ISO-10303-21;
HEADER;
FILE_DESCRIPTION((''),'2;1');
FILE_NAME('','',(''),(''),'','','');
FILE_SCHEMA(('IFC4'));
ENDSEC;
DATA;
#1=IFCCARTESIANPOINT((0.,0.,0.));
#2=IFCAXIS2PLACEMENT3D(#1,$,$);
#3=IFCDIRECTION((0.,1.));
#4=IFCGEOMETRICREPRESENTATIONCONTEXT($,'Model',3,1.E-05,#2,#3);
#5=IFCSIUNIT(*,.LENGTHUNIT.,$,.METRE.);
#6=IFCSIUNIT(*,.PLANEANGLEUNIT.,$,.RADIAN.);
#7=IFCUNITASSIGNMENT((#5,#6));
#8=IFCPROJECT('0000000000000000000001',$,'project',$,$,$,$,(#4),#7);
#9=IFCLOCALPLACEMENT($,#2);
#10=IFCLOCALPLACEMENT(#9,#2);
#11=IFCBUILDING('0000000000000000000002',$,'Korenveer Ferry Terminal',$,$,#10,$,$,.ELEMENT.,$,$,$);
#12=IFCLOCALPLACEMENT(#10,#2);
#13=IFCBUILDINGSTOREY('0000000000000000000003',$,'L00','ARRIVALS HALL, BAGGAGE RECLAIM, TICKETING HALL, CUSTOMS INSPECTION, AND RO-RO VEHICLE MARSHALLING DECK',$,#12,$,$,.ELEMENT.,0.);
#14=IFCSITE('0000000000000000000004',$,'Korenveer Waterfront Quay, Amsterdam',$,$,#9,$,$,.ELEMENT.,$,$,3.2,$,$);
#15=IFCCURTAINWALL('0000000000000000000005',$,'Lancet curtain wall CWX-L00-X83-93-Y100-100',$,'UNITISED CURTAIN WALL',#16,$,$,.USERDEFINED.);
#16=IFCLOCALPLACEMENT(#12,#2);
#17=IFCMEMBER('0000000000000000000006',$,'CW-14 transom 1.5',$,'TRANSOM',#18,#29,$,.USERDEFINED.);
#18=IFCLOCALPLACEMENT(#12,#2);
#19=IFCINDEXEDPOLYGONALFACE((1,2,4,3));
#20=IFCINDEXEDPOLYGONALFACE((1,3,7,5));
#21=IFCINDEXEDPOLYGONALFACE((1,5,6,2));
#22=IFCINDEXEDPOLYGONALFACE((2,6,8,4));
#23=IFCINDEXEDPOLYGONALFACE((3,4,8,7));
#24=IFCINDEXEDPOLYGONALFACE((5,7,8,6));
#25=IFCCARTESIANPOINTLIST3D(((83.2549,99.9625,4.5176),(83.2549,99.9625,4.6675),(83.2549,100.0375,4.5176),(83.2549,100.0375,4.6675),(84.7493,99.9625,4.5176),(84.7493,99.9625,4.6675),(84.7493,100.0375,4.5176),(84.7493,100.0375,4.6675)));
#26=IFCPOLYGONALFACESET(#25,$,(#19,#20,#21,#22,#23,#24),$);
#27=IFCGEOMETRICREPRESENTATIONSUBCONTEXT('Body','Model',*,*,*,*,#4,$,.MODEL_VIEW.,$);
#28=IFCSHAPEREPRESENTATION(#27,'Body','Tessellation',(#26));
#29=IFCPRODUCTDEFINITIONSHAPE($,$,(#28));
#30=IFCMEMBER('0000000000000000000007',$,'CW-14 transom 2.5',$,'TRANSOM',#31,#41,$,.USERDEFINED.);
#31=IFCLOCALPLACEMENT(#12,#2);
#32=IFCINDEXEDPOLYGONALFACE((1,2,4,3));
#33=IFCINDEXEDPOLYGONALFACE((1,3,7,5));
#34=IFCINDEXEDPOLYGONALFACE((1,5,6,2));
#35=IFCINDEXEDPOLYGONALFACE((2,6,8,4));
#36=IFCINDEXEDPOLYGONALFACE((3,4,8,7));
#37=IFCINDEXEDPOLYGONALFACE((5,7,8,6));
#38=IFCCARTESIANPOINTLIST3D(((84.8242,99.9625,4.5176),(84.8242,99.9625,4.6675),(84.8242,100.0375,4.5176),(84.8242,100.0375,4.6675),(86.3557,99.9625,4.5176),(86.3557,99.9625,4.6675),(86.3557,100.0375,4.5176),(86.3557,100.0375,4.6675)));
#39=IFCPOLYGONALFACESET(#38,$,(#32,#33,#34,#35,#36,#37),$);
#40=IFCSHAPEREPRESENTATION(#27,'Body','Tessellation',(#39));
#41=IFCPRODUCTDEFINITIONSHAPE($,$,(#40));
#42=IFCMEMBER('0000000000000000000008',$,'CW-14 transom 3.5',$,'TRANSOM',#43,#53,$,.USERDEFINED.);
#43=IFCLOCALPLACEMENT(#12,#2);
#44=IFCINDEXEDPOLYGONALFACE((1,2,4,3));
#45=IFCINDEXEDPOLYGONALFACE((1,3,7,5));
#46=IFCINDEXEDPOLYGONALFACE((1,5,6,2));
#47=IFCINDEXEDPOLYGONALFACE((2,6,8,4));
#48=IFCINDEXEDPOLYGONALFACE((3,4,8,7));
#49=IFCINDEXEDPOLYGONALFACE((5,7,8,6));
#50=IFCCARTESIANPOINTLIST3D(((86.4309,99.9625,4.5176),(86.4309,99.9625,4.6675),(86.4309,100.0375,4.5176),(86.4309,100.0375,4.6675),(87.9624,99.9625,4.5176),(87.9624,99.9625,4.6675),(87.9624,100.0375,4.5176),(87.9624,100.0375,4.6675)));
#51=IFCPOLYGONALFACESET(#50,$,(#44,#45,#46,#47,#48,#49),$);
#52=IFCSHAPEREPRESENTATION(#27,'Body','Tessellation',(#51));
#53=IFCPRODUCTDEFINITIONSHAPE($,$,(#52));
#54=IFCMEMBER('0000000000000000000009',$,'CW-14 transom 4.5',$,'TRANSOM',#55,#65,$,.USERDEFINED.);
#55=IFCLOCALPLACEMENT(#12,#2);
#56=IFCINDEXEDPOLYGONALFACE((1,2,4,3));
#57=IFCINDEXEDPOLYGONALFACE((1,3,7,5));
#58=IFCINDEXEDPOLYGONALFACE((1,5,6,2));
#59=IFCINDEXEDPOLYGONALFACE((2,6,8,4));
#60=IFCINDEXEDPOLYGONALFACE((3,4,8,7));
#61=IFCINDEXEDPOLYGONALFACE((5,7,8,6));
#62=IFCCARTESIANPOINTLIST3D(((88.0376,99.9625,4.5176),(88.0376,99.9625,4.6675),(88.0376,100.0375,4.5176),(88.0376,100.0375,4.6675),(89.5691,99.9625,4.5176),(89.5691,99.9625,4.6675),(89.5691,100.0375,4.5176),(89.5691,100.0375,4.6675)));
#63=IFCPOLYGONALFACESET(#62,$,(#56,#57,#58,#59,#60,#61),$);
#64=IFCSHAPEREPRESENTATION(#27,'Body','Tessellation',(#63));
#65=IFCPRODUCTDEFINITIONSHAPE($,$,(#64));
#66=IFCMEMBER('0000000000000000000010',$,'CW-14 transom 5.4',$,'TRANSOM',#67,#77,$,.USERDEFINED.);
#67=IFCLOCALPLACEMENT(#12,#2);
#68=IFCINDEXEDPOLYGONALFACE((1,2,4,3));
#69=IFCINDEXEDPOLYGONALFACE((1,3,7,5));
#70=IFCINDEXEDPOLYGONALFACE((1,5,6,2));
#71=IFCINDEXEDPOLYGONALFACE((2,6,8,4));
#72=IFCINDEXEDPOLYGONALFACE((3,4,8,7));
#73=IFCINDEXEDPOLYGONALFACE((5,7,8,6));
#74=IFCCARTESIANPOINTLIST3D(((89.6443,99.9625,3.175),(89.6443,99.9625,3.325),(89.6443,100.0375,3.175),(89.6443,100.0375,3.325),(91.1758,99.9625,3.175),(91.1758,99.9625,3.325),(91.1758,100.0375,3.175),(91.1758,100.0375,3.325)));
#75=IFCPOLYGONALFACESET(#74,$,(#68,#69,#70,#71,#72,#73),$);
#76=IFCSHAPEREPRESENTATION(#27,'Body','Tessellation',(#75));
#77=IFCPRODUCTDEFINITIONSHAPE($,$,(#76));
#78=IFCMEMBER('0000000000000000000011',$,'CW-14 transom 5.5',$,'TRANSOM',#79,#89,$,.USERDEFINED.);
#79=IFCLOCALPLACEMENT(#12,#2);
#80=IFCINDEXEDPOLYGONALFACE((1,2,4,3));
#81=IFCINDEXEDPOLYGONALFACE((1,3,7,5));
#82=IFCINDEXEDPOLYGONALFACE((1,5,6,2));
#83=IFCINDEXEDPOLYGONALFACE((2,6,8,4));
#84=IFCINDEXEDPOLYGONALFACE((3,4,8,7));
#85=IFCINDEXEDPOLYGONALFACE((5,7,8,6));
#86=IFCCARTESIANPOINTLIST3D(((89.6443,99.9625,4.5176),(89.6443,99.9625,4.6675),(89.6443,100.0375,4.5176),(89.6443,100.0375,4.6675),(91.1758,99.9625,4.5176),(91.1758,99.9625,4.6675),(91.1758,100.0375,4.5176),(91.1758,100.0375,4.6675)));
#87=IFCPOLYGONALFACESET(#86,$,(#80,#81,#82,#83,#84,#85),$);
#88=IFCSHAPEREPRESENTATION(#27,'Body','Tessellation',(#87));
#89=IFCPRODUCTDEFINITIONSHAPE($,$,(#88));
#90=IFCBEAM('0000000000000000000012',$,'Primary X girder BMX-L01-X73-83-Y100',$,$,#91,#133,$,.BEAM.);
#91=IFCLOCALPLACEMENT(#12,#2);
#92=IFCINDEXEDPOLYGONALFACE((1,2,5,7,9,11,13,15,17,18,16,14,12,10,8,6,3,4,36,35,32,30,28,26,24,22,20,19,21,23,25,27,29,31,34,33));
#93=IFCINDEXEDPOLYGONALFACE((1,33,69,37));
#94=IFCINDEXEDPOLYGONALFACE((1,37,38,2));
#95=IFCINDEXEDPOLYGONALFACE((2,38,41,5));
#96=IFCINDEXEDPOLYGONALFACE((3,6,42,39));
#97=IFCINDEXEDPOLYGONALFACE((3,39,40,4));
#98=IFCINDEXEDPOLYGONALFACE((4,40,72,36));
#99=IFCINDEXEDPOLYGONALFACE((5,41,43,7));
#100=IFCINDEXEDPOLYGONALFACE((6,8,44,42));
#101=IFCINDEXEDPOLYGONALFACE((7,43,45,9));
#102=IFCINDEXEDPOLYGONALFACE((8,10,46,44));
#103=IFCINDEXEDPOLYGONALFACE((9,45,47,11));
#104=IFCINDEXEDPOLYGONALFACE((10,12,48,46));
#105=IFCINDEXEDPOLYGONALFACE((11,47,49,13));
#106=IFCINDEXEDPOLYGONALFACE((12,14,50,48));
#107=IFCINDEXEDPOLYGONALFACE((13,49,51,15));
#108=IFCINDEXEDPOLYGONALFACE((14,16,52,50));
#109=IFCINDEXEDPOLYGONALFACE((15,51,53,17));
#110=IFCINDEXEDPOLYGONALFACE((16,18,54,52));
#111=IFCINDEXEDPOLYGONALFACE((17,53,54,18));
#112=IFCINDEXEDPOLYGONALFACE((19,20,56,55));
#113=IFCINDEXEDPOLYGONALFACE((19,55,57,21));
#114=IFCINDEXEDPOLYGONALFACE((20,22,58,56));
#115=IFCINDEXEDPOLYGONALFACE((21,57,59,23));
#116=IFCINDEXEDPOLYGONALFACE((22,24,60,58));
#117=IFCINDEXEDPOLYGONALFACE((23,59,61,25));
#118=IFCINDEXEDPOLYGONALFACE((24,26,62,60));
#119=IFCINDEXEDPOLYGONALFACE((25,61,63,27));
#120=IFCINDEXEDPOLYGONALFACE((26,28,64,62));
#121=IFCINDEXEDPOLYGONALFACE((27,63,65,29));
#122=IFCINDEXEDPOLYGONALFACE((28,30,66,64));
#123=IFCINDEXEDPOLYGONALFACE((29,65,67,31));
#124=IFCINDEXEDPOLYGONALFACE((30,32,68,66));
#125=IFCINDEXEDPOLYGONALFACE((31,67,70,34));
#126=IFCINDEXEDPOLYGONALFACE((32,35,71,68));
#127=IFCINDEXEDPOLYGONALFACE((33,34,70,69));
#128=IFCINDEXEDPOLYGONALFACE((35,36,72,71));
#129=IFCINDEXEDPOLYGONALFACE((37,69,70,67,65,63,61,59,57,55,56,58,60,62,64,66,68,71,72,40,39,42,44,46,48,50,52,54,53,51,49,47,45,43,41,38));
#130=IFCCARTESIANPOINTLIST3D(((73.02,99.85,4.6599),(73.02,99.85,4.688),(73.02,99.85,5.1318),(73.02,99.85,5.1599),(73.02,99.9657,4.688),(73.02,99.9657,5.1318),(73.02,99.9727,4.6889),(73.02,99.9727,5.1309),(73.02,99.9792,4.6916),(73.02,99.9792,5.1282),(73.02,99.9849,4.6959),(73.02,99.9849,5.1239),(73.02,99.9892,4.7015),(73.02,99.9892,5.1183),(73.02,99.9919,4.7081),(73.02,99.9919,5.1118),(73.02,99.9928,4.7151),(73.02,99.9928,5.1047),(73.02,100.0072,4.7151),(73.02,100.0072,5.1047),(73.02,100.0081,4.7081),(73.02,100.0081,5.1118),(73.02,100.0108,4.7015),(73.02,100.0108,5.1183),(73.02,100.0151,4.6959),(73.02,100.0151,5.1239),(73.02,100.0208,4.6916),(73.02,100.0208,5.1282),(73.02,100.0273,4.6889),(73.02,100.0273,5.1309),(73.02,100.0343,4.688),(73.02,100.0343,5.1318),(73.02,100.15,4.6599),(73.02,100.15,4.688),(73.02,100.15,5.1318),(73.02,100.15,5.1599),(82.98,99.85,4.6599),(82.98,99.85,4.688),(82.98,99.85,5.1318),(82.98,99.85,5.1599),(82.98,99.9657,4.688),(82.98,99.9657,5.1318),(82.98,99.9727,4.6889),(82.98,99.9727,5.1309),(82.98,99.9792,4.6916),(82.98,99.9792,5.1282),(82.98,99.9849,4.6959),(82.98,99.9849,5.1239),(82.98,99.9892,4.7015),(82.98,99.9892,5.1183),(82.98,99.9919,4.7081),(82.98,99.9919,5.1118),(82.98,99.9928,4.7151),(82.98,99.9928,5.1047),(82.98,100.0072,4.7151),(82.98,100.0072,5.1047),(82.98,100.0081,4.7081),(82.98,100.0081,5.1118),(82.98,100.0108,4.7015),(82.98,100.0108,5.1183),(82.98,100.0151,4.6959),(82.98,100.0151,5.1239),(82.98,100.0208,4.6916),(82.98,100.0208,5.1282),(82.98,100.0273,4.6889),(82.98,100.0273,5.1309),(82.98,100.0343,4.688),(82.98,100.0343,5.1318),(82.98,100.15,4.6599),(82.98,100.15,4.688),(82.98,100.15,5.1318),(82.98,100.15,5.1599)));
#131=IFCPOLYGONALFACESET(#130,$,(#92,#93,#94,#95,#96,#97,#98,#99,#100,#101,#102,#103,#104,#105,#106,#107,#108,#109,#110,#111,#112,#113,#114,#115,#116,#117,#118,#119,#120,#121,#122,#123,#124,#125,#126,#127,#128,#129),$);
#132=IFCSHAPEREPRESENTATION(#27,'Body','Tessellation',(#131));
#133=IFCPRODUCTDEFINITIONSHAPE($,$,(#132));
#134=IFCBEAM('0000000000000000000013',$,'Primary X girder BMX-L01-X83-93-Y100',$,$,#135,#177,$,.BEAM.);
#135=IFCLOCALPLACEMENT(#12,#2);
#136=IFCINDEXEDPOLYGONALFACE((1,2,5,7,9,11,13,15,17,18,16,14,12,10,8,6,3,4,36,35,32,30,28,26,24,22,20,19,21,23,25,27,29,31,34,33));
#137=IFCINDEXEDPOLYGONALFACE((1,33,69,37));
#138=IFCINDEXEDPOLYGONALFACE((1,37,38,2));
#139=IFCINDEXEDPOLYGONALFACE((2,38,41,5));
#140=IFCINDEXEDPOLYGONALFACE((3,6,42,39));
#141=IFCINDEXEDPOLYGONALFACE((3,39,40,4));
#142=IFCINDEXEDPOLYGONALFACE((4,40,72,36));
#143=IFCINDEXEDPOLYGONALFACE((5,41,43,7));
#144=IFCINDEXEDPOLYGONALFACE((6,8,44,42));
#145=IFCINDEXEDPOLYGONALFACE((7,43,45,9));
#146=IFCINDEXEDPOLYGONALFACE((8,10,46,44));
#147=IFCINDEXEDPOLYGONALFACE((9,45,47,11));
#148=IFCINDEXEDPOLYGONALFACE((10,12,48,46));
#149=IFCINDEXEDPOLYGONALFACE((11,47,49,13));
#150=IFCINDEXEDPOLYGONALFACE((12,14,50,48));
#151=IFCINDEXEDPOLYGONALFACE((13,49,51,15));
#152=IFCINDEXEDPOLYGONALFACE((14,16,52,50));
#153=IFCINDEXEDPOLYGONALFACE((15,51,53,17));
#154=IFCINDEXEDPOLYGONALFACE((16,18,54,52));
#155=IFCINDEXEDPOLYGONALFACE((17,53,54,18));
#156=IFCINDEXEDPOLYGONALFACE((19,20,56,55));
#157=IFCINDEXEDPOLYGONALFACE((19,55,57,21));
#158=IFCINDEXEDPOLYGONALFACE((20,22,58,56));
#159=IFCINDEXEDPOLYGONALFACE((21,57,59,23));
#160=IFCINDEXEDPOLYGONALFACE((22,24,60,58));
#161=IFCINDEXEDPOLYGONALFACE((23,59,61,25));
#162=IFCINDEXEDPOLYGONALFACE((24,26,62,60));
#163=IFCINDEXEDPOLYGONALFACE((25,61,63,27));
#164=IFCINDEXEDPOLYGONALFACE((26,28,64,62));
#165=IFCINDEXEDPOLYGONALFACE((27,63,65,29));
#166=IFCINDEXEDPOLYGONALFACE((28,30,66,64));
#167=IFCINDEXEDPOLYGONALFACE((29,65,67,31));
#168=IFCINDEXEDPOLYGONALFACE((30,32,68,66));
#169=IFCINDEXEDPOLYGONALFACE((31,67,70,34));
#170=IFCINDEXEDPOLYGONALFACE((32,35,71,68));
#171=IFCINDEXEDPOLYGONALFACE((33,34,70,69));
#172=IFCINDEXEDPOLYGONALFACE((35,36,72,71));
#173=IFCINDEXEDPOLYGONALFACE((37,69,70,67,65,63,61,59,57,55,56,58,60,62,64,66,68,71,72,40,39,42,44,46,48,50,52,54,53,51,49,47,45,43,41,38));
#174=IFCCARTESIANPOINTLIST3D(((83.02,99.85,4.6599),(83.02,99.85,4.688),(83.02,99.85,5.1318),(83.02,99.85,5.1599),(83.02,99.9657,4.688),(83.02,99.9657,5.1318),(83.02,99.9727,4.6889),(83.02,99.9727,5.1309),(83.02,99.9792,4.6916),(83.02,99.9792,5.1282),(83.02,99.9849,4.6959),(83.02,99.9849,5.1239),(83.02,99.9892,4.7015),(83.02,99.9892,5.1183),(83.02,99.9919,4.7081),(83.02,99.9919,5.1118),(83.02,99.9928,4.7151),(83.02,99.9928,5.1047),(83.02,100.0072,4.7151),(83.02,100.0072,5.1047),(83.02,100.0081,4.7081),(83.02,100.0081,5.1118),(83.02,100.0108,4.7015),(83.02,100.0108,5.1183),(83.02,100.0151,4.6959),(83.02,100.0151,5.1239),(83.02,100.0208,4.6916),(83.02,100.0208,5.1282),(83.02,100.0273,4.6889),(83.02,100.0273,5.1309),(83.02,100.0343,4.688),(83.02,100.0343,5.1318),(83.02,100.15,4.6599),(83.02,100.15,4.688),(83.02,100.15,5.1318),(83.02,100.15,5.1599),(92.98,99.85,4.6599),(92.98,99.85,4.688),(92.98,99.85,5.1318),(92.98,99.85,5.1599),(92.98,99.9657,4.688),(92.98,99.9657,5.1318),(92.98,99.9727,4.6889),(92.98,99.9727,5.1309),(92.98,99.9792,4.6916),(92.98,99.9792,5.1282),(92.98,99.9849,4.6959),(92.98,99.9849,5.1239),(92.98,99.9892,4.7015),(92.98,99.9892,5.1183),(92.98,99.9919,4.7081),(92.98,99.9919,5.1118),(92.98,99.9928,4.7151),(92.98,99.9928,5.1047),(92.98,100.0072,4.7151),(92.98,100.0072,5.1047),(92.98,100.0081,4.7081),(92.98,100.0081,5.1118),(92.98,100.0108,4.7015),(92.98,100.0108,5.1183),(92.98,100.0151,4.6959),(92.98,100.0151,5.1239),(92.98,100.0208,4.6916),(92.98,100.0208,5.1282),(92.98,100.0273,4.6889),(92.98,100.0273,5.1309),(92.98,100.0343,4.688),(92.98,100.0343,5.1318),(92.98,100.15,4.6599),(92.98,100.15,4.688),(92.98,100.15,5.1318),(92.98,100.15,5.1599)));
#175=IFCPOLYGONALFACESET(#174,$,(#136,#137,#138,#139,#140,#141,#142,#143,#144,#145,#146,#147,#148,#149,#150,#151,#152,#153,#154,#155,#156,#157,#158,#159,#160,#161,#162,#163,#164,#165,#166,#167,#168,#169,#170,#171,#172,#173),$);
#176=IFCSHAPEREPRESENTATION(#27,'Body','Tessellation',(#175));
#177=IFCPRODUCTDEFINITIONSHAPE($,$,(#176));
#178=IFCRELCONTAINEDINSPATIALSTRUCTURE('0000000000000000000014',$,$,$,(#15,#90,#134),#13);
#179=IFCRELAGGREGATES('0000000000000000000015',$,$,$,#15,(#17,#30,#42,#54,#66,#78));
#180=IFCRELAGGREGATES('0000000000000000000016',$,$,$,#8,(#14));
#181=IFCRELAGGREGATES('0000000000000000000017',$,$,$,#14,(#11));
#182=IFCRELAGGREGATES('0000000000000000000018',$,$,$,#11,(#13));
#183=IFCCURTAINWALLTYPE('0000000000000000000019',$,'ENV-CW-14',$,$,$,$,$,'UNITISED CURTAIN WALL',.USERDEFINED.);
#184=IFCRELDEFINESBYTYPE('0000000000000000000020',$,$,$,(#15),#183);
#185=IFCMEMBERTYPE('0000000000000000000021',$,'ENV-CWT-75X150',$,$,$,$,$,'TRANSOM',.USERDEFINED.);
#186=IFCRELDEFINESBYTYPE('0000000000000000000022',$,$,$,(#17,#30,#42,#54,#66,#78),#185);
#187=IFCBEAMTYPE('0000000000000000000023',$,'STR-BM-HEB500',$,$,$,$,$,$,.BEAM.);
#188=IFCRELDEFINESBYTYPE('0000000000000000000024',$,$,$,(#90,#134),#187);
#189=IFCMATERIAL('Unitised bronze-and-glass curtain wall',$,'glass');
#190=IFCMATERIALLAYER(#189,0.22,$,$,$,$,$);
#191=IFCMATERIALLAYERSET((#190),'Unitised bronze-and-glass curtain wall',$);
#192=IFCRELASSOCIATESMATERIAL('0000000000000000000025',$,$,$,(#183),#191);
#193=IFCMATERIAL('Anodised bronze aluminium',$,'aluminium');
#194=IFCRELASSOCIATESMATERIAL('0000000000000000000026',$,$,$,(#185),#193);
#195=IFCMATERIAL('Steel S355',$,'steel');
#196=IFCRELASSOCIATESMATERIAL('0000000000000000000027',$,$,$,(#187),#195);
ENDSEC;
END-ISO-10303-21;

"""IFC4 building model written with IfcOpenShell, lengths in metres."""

from ifc_helpers import new_model, si_unit, direction, frame, origin, origin_2d, place, context, subcontext, project, spatial, rectangle, i_section, extrude, material, layer, layer_set, material_profile, profile_set, type_object, element, aggregate, save


model = new_model("IFC4")

# Units and contexts
model_context = context("Model", 3, precision=1e-05, world=origin(), true_north=direction((0.0, 1.0)))
body_context = subcontext(model_context, "Body", "Model", "MODEL_VIEW")
ifc_project = project(units=[si_unit("LENGTHUNIT", "METRE"), si_unit("PLANEANGLEUNIT", "RADIAN")], contexts=[model_context])

# Site, building, storey
site_placement = place(None, origin())
site = spatial("IfcSite", under=ifc_project, at=site_placement, Name="Korenveer Waterfront Quay, Amsterdam", CompositionType="ELEMENT", RefElevation=3.2)
building_placement = place(site_placement, origin())
building = spatial("IfcBuilding", under=site, at=building_placement, Name="Korenveer Ferry Terminal", CompositionType="ELEMENT")
storey_placement = place(building_placement, origin())
storey = spatial("IfcBuildingStorey", under=building, at=storey_placement, Name="L00", Description="ARRIVALS HALL, BAGGAGE RECLAIM, TICKETING HALL, CUSTOMS INSPECTION, AND RO-RO VEHICLE MARSHALLING DECK", CompositionType="ELEMENT", Elevation=0.0)

# Curtain wall, members
ifc_material_1 = material(Name="Unitised bronze-and-glass curtain wall", Category="glass")
ifc_layer_1 = layer(ifc_material_1, 0.22)
ifc_layer_set_1 = layer_set([ifc_layer_1], Name="Unitised bronze-and-glass curtain wall")
curtain_wall_type = type_object("IfcCurtainWallType", Name="ENV-CW-14", ElementType="UNITISED CURTAIN WALL", PredefinedType="USERDEFINED", material=ifc_layer_set_1)
curtain_wall_placement = place(storey_placement, frame((83.1799, 100.0, 0.0)))
curtain_wall = element("IfcCurtainWall", 1, at=curtain_wall_placement, inside=storey, type_object=curtain_wall_type, Name="Lancet curtain wall CWX-L00-X83-93-Y100-100", ObjectType="UNITISED CURTAIN WALL", PredefinedType="USERDEFINED")
ifc_material_2 = material(Name="Anodised bronze aluminium", Category="aluminium")
ifc_material_profile_1 = material_profile(ifc_material_2, rectangle(XDim=0.075, YDim=0.1499, at=origin_2d()), Name="ALU 75x150")
ifc_profile_set_1 = profile_set([ifc_material_profile_1], Name="Anodised bronze aluminium")
member_type = type_object("IfcMemberType", Name="ENV-CWT-75X150", ElementType="TRANSOM", PredefinedType="USERDEFINED", material=ifc_profile_set_1)
member_1_placement = place(storey_placement, frame((83.2549, 100.0, 4.5925), z_axis=(1.0, 0.0, 0.0), x_axis=(0.0, 1.0, 0.0)))
member_1 = element("IfcMember", 2, at=member_1_placement, type_object=member_type, Name="CW-14 transom 1.5", ObjectType="TRANSOM", PredefinedType="USERDEFINED", context=body_context, shape_type="SweptSolid", body=[
    extrude(rectangle(XDim=0.075, YDim=0.1499, at=origin_2d()), origin(), (0.0, 0.0, 1.0), 1.4944),
])
member_2_placement = place(storey_placement, frame((84.8242, 100.0, 4.5925), z_axis=(1.0, 0.0, 0.0), x_axis=(0.0, 1.0, 0.0)))
member_2 = element("IfcMember", 3, at=member_2_placement, type_object=member_type, Name="CW-14 transom 2.5", ObjectType="TRANSOM", PredefinedType="USERDEFINED", context=body_context, shape_type="SweptSolid", body=[
    extrude(rectangle(XDim=0.075, YDim=0.1499, at=origin_2d()), origin(), (0.0, 0.0, 1.0), 1.5315),
])
member_3_placement = place(storey_placement, frame((86.4309, 100.0, 4.5925), z_axis=(1.0, 0.0, 0.0), x_axis=(0.0, 1.0, 0.0)))
member_3 = element("IfcMember", 4, at=member_3_placement, type_object=member_type, Name="CW-14 transom 3.5", ObjectType="TRANSOM", PredefinedType="USERDEFINED", context=body_context, shape_type="SweptSolid", body=[
    extrude(rectangle(XDim=0.075, YDim=0.1499, at=origin_2d()), origin(), (0.0, 0.0, 1.0), 1.5315),
])
member_4_placement = place(storey_placement, frame((88.0376, 100.0, 4.5925), z_axis=(1.0, 0.0, 0.0), x_axis=(0.0, 1.0, 0.0)))
member_4 = element("IfcMember", 5, at=member_4_placement, type_object=member_type, Name="CW-14 transom 4.5", ObjectType="TRANSOM", PredefinedType="USERDEFINED", context=body_context, shape_type="SweptSolid", body=[
    extrude(rectangle(XDim=0.075, YDim=0.1499, at=origin_2d()), origin(), (0.0, 0.0, 1.0), 1.5315),
])
member_5_placement = place(storey_placement, frame((89.6443, 100.0, 3.25), z_axis=(1.0, 0.0, 0.0), x_axis=(0.0, 1.0, 0.0)))
member_5 = element("IfcMember", 6, at=member_5_placement, type_object=member_type, Name="CW-14 transom 5.4", ObjectType="TRANSOM", PredefinedType="USERDEFINED", context=body_context, shape_type="SweptSolid", body=[
    extrude(rectangle(XDim=0.075, YDim=0.1499, at=origin_2d()), origin(), (0.0, 0.0, 1.0), 1.5315),
])
member_6_placement = place(storey_placement, frame((89.6443, 100.0, 4.5925), z_axis=(1.0, 0.0, 0.0), x_axis=(0.0, 1.0, 0.0)))
member_6 = element("IfcMember", 7, at=member_6_placement, type_object=member_type, Name="CW-14 transom 5.5", ObjectType="TRANSOM", PredefinedType="USERDEFINED", context=body_context, shape_type="SweptSolid", body=[
    extrude(rectangle(XDim=0.075, YDim=0.1499, at=origin_2d()), origin(), (0.0, 0.0, 1.0), 1.5315),
])

# Beams
ifc_material_3 = material(Name="Steel S355", Category="steel")
ifc_material_profile_2 = material_profile(ifc_material_3, i_section(OverallWidth=0.3, OverallDepth=0.5, WebThickness=0.0144, FlangeThickness=0.0281, FilletRadius=0.0271, at=origin_2d()), Name="HEB 500")
ifc_profile_set_2 = profile_set([ifc_material_profile_2], Name="Steel S355")
beam_type_1 = type_object("IfcBeamType", Name="STR-BM-HEB500", PredefinedType="BEAM", material=ifc_profile_set_2)
for number, where, z_axis, x_axis, name in (
    (8, (73.02, 100.0, 4.9099), (1.0, 0.0, 0.0), (0.0, 1.0, 0.0), "Primary X girder BMX-L01-X73-83-Y100"),
    (9, (83.02, 100.0, 4.9099), (1.0, 0.0, 0.0), (0.0, 1.0, 0.0), "Primary X girder BMX-L01-X83-93-Y100"),
):
    element("IfcBeam", number, at=place(storey_placement, frame(where, z_axis=z_axis, x_axis=x_axis)), inside=storey, type_object=beam_type_1, Name=name, PredefinedType="BEAM", context=body_context, shape_type="SweptSolid", body=[
        extrude(i_section(OverallWidth=0.3, OverallDepth=0.5, WebThickness=0.0144, FlangeThickness=0.0281, FilletRadius=0.0271, at=origin_2d()), origin(), (0.0, 0.0, 1.0), 9.96),
    ])

aggregate(curtain_wall, [member_1, member_2, member_3, member_4, member_5, member_6])

save(model, "model.ifc")
